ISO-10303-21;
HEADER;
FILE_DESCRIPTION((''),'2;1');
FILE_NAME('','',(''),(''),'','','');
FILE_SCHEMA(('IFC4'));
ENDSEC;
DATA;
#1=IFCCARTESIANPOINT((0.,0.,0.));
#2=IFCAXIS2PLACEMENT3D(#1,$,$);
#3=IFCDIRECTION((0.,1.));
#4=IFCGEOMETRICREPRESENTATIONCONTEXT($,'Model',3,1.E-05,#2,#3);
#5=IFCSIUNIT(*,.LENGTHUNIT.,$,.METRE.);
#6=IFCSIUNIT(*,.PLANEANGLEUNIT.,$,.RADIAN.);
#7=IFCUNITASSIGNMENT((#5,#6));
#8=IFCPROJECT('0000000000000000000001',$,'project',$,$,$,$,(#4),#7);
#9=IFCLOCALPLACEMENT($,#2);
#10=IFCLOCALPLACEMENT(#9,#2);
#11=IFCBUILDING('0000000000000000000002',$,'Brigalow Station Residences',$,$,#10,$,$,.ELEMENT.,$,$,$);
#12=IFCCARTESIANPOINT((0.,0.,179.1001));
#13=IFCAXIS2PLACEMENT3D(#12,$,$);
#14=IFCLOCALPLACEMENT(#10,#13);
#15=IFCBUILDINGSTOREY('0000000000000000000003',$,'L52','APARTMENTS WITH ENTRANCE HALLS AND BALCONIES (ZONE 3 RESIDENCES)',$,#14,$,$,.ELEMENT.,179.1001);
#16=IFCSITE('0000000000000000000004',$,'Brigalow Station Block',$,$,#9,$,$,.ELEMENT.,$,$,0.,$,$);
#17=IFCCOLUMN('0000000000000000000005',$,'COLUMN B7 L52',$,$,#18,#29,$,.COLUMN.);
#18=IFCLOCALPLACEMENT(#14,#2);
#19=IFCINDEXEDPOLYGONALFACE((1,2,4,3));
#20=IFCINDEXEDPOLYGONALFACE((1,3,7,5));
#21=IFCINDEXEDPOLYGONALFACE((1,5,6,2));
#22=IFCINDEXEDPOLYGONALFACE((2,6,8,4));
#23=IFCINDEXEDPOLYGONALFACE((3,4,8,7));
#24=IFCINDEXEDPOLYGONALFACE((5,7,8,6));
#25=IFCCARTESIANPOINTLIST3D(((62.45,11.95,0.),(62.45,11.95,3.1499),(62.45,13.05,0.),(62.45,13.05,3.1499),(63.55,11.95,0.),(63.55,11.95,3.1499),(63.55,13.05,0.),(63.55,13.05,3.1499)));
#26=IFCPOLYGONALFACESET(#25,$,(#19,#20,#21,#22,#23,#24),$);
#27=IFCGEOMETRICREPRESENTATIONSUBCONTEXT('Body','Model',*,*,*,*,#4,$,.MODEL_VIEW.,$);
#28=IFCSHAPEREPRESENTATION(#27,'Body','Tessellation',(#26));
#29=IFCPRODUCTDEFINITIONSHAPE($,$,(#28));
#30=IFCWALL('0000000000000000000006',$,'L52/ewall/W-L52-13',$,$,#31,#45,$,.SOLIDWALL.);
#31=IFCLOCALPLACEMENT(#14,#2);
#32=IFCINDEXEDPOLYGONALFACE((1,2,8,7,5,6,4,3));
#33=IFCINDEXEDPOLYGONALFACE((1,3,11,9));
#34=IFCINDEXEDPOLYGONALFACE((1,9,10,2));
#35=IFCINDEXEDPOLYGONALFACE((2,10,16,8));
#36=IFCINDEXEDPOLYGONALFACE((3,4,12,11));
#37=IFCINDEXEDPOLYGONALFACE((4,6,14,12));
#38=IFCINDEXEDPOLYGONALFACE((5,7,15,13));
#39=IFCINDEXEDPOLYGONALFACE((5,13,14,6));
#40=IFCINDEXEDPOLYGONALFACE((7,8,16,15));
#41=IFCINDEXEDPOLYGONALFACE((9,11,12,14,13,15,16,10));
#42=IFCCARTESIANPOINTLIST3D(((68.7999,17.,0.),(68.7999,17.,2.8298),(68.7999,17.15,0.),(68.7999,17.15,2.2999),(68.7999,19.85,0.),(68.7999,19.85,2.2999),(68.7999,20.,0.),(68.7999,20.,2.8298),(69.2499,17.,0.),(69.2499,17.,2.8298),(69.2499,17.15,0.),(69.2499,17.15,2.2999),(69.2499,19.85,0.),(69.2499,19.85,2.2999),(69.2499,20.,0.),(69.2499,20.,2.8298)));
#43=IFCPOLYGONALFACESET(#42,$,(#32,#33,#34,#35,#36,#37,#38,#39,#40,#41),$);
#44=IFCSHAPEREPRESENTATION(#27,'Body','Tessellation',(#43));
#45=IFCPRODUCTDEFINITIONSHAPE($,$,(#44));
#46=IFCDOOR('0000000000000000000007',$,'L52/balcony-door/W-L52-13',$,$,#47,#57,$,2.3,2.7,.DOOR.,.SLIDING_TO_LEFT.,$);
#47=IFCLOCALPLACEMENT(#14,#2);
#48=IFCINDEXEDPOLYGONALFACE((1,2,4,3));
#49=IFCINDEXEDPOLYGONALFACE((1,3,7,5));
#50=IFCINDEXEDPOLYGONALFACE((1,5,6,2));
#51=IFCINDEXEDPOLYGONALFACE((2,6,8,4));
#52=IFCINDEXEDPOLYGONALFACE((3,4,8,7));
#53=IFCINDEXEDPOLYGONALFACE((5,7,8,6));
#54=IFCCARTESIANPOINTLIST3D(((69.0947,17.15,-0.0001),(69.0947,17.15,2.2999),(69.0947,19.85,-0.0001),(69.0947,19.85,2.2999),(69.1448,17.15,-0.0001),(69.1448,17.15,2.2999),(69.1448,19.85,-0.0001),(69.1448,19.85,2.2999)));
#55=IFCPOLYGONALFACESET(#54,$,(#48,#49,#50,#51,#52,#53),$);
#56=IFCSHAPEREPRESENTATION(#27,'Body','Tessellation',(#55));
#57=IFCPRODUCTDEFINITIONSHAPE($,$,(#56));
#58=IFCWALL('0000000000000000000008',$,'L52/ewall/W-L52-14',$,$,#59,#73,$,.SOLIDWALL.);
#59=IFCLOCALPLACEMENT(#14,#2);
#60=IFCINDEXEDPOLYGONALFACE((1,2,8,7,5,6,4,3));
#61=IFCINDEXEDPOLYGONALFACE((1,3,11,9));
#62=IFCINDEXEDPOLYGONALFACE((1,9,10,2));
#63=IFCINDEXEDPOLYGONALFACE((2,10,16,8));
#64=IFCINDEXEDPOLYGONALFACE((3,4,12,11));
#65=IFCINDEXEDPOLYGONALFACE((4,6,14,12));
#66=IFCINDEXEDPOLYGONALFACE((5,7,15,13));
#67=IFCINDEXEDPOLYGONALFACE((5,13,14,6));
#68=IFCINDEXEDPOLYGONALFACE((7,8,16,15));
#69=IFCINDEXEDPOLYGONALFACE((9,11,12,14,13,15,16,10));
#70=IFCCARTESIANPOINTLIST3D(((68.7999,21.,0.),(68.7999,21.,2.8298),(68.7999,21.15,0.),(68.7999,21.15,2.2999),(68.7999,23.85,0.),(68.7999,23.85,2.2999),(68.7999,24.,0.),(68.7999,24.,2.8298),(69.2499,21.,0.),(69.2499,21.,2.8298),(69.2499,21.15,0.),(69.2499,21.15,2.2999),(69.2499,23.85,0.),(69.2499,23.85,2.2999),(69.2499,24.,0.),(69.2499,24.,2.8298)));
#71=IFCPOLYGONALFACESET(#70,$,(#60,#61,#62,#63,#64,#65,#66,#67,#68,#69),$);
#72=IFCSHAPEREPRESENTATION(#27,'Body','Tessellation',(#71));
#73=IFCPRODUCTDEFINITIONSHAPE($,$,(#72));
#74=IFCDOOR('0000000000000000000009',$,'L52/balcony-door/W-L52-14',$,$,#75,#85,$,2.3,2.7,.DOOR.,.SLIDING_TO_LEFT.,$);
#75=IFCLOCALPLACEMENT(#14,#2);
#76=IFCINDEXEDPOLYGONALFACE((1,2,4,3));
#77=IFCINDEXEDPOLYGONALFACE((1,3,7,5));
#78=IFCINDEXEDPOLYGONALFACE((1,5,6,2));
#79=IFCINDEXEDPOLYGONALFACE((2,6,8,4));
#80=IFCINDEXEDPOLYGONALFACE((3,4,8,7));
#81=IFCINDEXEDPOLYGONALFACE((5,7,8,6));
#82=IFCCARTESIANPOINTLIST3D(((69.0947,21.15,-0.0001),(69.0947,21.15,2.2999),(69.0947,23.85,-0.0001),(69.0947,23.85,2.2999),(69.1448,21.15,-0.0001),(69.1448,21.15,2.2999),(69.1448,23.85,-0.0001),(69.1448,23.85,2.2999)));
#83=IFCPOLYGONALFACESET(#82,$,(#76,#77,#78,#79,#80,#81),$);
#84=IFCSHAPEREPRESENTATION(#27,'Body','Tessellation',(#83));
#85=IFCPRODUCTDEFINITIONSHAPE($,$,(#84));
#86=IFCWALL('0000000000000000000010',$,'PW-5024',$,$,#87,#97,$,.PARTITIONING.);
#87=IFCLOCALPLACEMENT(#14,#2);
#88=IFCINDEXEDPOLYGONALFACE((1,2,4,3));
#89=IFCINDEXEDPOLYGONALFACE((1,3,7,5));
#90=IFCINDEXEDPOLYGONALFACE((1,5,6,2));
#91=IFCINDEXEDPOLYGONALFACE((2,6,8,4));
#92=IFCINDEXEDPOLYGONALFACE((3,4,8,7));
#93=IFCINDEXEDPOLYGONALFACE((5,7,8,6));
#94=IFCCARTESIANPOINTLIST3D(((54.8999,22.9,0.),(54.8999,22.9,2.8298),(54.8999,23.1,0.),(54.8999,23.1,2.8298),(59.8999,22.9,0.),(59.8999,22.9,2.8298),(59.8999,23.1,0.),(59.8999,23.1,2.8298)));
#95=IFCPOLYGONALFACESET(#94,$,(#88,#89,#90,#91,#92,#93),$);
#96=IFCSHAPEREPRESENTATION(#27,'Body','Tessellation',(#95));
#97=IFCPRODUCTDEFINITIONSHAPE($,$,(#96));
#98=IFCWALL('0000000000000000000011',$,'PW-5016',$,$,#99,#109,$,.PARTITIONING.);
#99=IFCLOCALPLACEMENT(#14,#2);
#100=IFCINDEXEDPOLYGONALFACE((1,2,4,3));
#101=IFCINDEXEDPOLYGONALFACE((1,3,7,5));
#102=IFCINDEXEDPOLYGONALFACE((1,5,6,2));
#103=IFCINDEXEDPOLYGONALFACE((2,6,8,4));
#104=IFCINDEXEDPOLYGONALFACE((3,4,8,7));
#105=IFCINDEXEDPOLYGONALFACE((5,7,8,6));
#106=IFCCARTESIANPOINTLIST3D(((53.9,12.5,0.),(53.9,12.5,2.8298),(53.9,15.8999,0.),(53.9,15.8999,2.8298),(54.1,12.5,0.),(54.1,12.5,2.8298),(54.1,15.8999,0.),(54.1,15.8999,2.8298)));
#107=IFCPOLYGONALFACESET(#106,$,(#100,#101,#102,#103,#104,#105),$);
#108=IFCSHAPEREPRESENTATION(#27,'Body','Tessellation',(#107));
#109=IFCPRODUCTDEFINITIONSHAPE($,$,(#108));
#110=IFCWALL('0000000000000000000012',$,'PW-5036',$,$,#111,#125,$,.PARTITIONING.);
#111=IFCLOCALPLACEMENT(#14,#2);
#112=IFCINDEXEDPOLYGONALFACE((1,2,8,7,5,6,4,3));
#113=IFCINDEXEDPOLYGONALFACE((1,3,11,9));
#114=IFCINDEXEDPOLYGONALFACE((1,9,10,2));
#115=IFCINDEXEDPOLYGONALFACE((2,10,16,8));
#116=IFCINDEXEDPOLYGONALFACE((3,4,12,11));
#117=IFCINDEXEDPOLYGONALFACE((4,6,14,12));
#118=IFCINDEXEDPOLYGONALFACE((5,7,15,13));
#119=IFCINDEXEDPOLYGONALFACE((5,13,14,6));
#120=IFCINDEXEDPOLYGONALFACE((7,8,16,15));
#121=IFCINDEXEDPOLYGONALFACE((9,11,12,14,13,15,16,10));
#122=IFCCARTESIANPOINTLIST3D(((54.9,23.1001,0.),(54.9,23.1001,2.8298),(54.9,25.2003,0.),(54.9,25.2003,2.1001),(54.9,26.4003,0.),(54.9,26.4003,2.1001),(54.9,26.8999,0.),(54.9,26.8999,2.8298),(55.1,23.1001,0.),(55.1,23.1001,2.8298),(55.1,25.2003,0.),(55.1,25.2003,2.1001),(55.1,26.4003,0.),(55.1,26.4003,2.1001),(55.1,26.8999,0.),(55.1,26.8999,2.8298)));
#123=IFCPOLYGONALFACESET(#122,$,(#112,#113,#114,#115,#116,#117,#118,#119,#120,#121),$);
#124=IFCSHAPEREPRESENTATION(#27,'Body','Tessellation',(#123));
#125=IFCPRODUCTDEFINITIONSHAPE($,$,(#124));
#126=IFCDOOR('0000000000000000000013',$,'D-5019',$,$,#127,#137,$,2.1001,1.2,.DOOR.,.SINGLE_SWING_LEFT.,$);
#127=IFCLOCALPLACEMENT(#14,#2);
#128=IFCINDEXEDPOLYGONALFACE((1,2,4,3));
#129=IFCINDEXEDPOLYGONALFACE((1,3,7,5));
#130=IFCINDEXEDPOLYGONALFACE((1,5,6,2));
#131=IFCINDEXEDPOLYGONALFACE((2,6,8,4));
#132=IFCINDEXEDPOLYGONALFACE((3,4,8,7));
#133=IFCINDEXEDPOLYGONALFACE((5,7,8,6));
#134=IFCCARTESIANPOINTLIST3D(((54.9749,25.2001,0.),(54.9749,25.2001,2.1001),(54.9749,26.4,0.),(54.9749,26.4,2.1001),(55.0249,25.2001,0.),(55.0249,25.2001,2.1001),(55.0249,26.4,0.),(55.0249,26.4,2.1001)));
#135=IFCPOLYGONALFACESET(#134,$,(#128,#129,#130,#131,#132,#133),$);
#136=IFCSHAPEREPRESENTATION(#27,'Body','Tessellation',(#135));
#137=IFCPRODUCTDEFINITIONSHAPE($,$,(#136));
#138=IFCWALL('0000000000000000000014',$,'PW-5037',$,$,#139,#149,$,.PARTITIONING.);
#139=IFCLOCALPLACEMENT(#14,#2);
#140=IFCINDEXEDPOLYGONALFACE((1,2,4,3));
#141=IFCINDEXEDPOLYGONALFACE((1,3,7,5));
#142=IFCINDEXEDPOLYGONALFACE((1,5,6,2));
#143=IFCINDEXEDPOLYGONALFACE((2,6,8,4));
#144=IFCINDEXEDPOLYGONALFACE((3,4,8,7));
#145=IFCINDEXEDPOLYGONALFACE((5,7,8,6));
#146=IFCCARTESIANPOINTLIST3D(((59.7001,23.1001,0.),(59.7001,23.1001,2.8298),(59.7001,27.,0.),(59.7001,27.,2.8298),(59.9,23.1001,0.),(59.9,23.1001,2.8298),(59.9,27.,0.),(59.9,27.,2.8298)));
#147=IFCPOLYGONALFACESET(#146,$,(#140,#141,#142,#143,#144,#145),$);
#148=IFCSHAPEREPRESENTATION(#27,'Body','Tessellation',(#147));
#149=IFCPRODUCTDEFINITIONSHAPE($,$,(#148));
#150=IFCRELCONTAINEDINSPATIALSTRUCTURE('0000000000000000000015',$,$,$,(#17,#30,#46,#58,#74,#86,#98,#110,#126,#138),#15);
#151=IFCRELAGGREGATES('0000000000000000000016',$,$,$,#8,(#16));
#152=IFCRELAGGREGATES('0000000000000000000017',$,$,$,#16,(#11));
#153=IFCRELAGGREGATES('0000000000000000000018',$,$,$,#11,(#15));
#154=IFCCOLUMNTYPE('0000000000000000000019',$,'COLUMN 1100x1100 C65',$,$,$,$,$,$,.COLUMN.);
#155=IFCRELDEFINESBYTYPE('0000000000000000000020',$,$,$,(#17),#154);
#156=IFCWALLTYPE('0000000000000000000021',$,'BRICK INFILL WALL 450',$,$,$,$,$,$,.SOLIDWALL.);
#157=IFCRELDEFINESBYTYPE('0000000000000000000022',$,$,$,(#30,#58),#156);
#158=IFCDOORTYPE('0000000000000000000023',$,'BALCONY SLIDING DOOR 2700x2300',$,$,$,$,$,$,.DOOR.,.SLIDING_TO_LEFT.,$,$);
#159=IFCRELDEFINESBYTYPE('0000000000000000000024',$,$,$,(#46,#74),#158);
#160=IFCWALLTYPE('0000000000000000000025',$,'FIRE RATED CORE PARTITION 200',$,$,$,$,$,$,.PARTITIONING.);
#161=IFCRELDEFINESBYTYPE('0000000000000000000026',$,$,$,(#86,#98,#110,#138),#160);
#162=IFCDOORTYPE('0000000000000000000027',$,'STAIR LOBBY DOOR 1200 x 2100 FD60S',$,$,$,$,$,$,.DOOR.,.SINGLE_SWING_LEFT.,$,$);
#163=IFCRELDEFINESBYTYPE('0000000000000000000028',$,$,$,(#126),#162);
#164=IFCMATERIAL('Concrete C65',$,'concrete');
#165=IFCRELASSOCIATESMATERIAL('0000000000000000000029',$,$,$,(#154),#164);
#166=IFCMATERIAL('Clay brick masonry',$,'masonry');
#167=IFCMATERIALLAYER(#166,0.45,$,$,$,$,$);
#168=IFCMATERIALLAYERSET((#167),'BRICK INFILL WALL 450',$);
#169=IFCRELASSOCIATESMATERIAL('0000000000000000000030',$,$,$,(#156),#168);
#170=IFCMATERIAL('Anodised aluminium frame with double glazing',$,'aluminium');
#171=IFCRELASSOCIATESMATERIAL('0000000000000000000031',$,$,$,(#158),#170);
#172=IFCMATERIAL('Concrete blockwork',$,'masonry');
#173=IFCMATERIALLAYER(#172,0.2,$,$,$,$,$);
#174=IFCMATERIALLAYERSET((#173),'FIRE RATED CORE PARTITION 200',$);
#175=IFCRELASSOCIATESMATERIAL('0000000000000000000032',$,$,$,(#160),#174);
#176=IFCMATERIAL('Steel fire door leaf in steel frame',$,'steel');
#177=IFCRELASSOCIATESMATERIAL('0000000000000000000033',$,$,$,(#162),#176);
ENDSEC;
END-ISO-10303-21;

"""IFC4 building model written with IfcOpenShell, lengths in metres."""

from ifc_helpers import new_model, si_unit, direction, frame, frame_2d, origin, origin_2d, place, context, subcontext, project, spatial, rectangle, extrude, material, layer, layer_set, material_profile, profile_set, type_object, element, fill, save


model = new_model("IFC4")

# Units and contexts
model_context = context("Model", 3, precision=1e-05, world=origin(), true_north=direction((0.0, 1.0)))
body_context = subcontext(model_context, "Body", "Model", "MODEL_VIEW")
ifc_project = project(units=[si_unit("LENGTHUNIT", "METRE"), si_unit("PLANEANGLEUNIT", "RADIAN")], contexts=[model_context])

# Site, building, storey
site_placement = place(None, origin())
site = spatial("IfcSite", under=ifc_project, at=site_placement, Name="Brigalow Station Block", CompositionType="ELEMENT", RefElevation=0.0)
building_placement = place(site_placement, origin())
building = spatial("IfcBuilding", under=site, at=building_placement, Name="Brigalow Station Residences", CompositionType="ELEMENT")
storey_placement = place(building_placement, frame((0.0, 0.0, 179.1001)))
storey = spatial("IfcBuildingStorey", under=building, at=storey_placement, Name="L52", Description="APARTMENTS WITH ENTRANCE HALLS AND BALCONIES (ZONE 3 RESIDENCES)", CompositionType="ELEMENT", Elevation=179.1001)

# Column
ifc_material_1 = material(Name="Concrete C65", Category="concrete")
ifc_material_profile = material_profile(ifc_material_1, rectangle(XDim=1.1001, YDim=1.1001, at=origin_2d()), Name="RC1100x1100")
ifc_profile_set = profile_set([ifc_material_profile], Name="Concrete C65")
column_type = type_object("IfcColumnType", Name="COLUMN 1100x1100 C65", PredefinedType="COLUMN", material=ifc_profile_set)
column_placement = place(storey_placement, frame((63.0, 12.5, 0.0), z_axis=(0.0, 0.0, 1.0), x_axis=(1.0, 0.0, 0.0)))
element("IfcColumn", 1, at=column_placement, inside=storey, type_object=column_type, Name="COLUMN B7 L52", PredefinedType="COLUMN", context=body_context, shape_type="SweptSolid", body=[
    extrude(rectangle(XDim=1.1001, YDim=1.1001, at=origin_2d()), origin(), (0.0, 0.0, 1.0), 3.1499),
])

# Walls, openings, doors
ifc_material_2 = material(Name="Clay brick masonry", Category="masonry")
ifc_layer_1 = layer(ifc_material_2, 0.45)
ifc_layer_set_1 = layer_set([ifc_layer_1], Name="BRICK INFILL WALL 450")
wall_type_1 = type_object("IfcWallType", Name="BRICK INFILL WALL 450", PredefinedType="SOLIDWALL", material=ifc_layer_set_1)
wall_1_placement = place(storey_placement, frame((69.0249, 17.0, 0.0), z_axis=(0.0, 0.0, 1.0), x_axis=(0.0, 1.0, 0.0)))
wall_1 = element("IfcWall", 2, at=wall_1_placement, inside=storey, type_object=wall_type_1, Name="L52/ewall/W-L52-13", PredefinedType="SOLIDWALL", context=body_context, shape_type="SweptSolid", body=[
    extrude(rectangle(XDim=3.0, YDim=0.45, at=frame_2d((1.5, 0.0))), origin(), (0.0, 0.0, 1.0), 2.8298),
])
opening_1_placement = place(wall_1_placement, frame((0.1499, 0.0, 0.0)))
opening_1 = element("IfcOpeningElement", 3, at=opening_1_placement, cuts=wall_1, PredefinedType="OPENING", context=body_context, shape_type="SweptSolid", body=[
    extrude(rectangle(XDim=2.7, YDim=2.3, at=frame_2d((1.3501, 1.1499))), frame((0.0, 0.2349, 0.0), z_axis=(0.0, -1.0, 0.0), x_axis=(1.0, 0.0, 0.0)), (0.0, 0.0, 1.0), 0.47),
])
ifc_material_3 = material(Name="Anodised aluminium frame with double glazing", Category="aluminium")
door_type_1 = type_object("IfcDoorType", Name="BALCONY SLIDING DOOR 2700x2300", OperationType="SLIDING_TO_LEFT", PredefinedType="DOOR", material=ifc_material_3)
door_1_placement = place(opening_1_placement, origin())
door_1 = element("IfcDoor", 4, at=door_1_placement, inside=storey, type_object=door_type_1, Name="L52/balcony-door/W-L52-13", OperationType="SLIDING_TO_LEFT", OverallHeight=2.3, OverallWidth=2.7, PredefinedType="DOOR", context=body_context, shape_type="SweptSolid", body=[
    extrude(rectangle(XDim=2.7, YDim=2.3, at=frame_2d((1.3501, 1.1499))), frame((0.0, -0.0698, 0.0), z_axis=(0.0, -1.0, 0.0), x_axis=(1.0, 0.0, 0.0)), (0.0, 0.0, 1.0), 0.05),
])
fill(opening_1, door_1)
wall_2_placement = place(storey_placement, frame((69.0249, 21.0, 0.0), z_axis=(0.0, 0.0, 1.0), x_axis=(0.0, 1.0, 0.0)))
wall_2 = element("IfcWall", 5, at=wall_2_placement, inside=storey, type_object=wall_type_1, Name="L52/ewall/W-L52-14", PredefinedType="SOLIDWALL", context=body_context, shape_type="SweptSolid", body=[
    extrude(rectangle(XDim=3.0, YDim=0.45, at=frame_2d((1.5, 0.0))), origin(), (0.0, 0.0, 1.0), 2.8298),
])
opening_2_placement = place(wall_2_placement, frame((0.1499, 0.0, 0.0)))
opening_2 = element("IfcOpeningElement", 6, at=opening_2_placement, cuts=wall_2, PredefinedType="OPENING", context=body_context, shape_type="SweptSolid", body=[
    extrude(rectangle(XDim=2.7, YDim=2.3, at=frame_2d((1.3501, 1.1499))), frame((0.0, 0.2349, 0.0), z_axis=(0.0, -1.0, 0.0), x_axis=(1.0, 0.0, 0.0)), (0.0, 0.0, 1.0), 0.47),
])
door_2_placement = place(opening_2_placement, origin())
door_2 = element("IfcDoor", 7, at=door_2_placement, inside=storey, type_object=door_type_1, Name="L52/balcony-door/W-L52-14", OperationType="SLIDING_TO_LEFT", OverallHeight=2.3, OverallWidth=2.7, PredefinedType="DOOR", context=body_context, shape_type="SweptSolid", body=[
    extrude(rectangle(XDim=2.7, YDim=2.3, at=frame_2d((1.3501, 1.1499))), frame((0.0, -0.0698, 0.0), z_axis=(0.0, -1.0, 0.0), x_axis=(1.0, 0.0, 0.0)), (0.0, 0.0, 1.0), 0.05),
])
fill(opening_2, door_2)

# Walls
ifc_material_4 = material(Name="Concrete blockwork", Category="masonry")
ifc_layer_2 = layer(ifc_material_4, 0.2)
ifc_layer_set_2 = layer_set([ifc_layer_2], Name="FIRE RATED CORE PARTITION 200")
wall_type_2 = type_object("IfcWallType", Name="FIRE RATED CORE PARTITION 200", PredefinedType="PARTITIONING", material=ifc_layer_set_2)
wall_3_placement = place(storey_placement, frame((54.8999, 23.0, 0.0), z_axis=(0.0, 0.0, 1.0), x_axis=(1.0, 0.0, 0.0)))
element("IfcWall", 8, at=wall_3_placement, inside=storey, type_object=wall_type_2, Name="PW-5024", PredefinedType="PARTITIONING", context=body_context, shape_type="SweptSolid", body=[
    extrude(rectangle(XDim=5.0, YDim=0.2, at=frame_2d((2.5, 0.0))), origin(), (0.0, 0.0, 1.0), 2.8298),
])
wall_4_placement = place(storey_placement, frame((54.0, 12.5, 0.0), z_axis=(0.0, 0.0, 1.0), x_axis=(0.0, 1.0, 0.0)))
element("IfcWall", 9, at=wall_4_placement, inside=storey, type_object=wall_type_2, Name="PW-5016", PredefinedType="PARTITIONING", context=body_context, shape_type="SweptSolid", body=[
    extrude(rectangle(XDim=3.3999, YDim=0.2, at=frame_2d((1.7, 0.0))), origin(), (0.0, 0.0, 1.0), 2.8298),
])

# Wall, opening, door
wall_5_placement = place(storey_placement, frame((55.0, 23.1001, 0.0), z_axis=(0.0, 0.0, 1.0), x_axis=(0.0, 1.0, 0.0)))
wall_5 = element("IfcWall", 10, at=wall_5_placement, inside=storey, type_object=wall_type_2, Name="PW-5036", PredefinedType="PARTITIONING", context=body_context, shape_type="SweptSolid", body=[
    extrude(rectangle(XDim=3.7998, YDim=0.2, at=frame_2d((1.8999, 0.0))), origin(), (0.0, 0.0, 1.0), 2.8298),
])
opening_3_placement = place(wall_5_placement, frame((2.1001, 0.0, 0.0)))
opening_3 = element("IfcOpeningElement", 11, at=opening_3_placement, cuts=wall_5, PredefinedType="OPENING", context=body_context, shape_type="SweptSolid", body=[
    extrude(rectangle(XDim=1.2, YDim=2.1001, at=frame_2d((0.6001, 1.05))), frame((0.0, 0.1099, 0.0), z_axis=(0.0, -1.0, 0.0), x_axis=(1.0, 0.0, 0.0)), (0.0, 0.0, 1.0), 0.22),
])
ifc_material_5 = material(Name="Steel fire door leaf in steel frame", Category="steel")
door_type_2 = type_object("IfcDoorType", Name="STAIR LOBBY DOOR 1200 x 2100 FD60S", OperationType="SINGLE_SWING_LEFT", PredefinedType="DOOR", material=ifc_material_5)
door_3_placement = place(opening_3_placement, frame((1.2, 0.0, 0.0), z_axis=(0.0, 0.0, 1.0), x_axis=(-1.0, 0.0, 0.0)))
door_3 = element("IfcDoor", 12, at=door_3_placement, inside=storey, type_object=door_type_2, Name="D-5019", OperationType="SINGLE_SWING_LEFT", OverallHeight=2.1001, OverallWidth=1.2, PredefinedType="DOOR", context=body_context, shape_type="SweptSolid", body=[
    extrude(rectangle(XDim=1.2, YDim=2.1001, at=frame_2d((0.6001, 1.05))), frame((0.0, 0.0249, 0.0), z_axis=(0.0, -1.0, 0.0), x_axis=(1.0, 0.0, 0.0)), (0.0, 0.0, 1.0), 0.05),
])
fill(opening_3, door_3)

# Wall
wall_6_placement = place(storey_placement, frame((59.8, 23.1001, 0.0), z_axis=(0.0, 0.0, 1.0), x_axis=(0.0, 1.0, 0.0)))
element("IfcWall", 13, at=wall_6_placement, inside=storey, type_object=wall_type_2, Name="PW-5037", PredefinedType="PARTITIONING", context=body_context, shape_type="SweptSolid", body=[
    extrude(rectangle(XDim=3.8999, YDim=0.2, at=frame_2d((1.95, 0.0))), origin(), (0.0, 0.0, 1.0), 2.8298),
])

save(model, "model.ifc")
